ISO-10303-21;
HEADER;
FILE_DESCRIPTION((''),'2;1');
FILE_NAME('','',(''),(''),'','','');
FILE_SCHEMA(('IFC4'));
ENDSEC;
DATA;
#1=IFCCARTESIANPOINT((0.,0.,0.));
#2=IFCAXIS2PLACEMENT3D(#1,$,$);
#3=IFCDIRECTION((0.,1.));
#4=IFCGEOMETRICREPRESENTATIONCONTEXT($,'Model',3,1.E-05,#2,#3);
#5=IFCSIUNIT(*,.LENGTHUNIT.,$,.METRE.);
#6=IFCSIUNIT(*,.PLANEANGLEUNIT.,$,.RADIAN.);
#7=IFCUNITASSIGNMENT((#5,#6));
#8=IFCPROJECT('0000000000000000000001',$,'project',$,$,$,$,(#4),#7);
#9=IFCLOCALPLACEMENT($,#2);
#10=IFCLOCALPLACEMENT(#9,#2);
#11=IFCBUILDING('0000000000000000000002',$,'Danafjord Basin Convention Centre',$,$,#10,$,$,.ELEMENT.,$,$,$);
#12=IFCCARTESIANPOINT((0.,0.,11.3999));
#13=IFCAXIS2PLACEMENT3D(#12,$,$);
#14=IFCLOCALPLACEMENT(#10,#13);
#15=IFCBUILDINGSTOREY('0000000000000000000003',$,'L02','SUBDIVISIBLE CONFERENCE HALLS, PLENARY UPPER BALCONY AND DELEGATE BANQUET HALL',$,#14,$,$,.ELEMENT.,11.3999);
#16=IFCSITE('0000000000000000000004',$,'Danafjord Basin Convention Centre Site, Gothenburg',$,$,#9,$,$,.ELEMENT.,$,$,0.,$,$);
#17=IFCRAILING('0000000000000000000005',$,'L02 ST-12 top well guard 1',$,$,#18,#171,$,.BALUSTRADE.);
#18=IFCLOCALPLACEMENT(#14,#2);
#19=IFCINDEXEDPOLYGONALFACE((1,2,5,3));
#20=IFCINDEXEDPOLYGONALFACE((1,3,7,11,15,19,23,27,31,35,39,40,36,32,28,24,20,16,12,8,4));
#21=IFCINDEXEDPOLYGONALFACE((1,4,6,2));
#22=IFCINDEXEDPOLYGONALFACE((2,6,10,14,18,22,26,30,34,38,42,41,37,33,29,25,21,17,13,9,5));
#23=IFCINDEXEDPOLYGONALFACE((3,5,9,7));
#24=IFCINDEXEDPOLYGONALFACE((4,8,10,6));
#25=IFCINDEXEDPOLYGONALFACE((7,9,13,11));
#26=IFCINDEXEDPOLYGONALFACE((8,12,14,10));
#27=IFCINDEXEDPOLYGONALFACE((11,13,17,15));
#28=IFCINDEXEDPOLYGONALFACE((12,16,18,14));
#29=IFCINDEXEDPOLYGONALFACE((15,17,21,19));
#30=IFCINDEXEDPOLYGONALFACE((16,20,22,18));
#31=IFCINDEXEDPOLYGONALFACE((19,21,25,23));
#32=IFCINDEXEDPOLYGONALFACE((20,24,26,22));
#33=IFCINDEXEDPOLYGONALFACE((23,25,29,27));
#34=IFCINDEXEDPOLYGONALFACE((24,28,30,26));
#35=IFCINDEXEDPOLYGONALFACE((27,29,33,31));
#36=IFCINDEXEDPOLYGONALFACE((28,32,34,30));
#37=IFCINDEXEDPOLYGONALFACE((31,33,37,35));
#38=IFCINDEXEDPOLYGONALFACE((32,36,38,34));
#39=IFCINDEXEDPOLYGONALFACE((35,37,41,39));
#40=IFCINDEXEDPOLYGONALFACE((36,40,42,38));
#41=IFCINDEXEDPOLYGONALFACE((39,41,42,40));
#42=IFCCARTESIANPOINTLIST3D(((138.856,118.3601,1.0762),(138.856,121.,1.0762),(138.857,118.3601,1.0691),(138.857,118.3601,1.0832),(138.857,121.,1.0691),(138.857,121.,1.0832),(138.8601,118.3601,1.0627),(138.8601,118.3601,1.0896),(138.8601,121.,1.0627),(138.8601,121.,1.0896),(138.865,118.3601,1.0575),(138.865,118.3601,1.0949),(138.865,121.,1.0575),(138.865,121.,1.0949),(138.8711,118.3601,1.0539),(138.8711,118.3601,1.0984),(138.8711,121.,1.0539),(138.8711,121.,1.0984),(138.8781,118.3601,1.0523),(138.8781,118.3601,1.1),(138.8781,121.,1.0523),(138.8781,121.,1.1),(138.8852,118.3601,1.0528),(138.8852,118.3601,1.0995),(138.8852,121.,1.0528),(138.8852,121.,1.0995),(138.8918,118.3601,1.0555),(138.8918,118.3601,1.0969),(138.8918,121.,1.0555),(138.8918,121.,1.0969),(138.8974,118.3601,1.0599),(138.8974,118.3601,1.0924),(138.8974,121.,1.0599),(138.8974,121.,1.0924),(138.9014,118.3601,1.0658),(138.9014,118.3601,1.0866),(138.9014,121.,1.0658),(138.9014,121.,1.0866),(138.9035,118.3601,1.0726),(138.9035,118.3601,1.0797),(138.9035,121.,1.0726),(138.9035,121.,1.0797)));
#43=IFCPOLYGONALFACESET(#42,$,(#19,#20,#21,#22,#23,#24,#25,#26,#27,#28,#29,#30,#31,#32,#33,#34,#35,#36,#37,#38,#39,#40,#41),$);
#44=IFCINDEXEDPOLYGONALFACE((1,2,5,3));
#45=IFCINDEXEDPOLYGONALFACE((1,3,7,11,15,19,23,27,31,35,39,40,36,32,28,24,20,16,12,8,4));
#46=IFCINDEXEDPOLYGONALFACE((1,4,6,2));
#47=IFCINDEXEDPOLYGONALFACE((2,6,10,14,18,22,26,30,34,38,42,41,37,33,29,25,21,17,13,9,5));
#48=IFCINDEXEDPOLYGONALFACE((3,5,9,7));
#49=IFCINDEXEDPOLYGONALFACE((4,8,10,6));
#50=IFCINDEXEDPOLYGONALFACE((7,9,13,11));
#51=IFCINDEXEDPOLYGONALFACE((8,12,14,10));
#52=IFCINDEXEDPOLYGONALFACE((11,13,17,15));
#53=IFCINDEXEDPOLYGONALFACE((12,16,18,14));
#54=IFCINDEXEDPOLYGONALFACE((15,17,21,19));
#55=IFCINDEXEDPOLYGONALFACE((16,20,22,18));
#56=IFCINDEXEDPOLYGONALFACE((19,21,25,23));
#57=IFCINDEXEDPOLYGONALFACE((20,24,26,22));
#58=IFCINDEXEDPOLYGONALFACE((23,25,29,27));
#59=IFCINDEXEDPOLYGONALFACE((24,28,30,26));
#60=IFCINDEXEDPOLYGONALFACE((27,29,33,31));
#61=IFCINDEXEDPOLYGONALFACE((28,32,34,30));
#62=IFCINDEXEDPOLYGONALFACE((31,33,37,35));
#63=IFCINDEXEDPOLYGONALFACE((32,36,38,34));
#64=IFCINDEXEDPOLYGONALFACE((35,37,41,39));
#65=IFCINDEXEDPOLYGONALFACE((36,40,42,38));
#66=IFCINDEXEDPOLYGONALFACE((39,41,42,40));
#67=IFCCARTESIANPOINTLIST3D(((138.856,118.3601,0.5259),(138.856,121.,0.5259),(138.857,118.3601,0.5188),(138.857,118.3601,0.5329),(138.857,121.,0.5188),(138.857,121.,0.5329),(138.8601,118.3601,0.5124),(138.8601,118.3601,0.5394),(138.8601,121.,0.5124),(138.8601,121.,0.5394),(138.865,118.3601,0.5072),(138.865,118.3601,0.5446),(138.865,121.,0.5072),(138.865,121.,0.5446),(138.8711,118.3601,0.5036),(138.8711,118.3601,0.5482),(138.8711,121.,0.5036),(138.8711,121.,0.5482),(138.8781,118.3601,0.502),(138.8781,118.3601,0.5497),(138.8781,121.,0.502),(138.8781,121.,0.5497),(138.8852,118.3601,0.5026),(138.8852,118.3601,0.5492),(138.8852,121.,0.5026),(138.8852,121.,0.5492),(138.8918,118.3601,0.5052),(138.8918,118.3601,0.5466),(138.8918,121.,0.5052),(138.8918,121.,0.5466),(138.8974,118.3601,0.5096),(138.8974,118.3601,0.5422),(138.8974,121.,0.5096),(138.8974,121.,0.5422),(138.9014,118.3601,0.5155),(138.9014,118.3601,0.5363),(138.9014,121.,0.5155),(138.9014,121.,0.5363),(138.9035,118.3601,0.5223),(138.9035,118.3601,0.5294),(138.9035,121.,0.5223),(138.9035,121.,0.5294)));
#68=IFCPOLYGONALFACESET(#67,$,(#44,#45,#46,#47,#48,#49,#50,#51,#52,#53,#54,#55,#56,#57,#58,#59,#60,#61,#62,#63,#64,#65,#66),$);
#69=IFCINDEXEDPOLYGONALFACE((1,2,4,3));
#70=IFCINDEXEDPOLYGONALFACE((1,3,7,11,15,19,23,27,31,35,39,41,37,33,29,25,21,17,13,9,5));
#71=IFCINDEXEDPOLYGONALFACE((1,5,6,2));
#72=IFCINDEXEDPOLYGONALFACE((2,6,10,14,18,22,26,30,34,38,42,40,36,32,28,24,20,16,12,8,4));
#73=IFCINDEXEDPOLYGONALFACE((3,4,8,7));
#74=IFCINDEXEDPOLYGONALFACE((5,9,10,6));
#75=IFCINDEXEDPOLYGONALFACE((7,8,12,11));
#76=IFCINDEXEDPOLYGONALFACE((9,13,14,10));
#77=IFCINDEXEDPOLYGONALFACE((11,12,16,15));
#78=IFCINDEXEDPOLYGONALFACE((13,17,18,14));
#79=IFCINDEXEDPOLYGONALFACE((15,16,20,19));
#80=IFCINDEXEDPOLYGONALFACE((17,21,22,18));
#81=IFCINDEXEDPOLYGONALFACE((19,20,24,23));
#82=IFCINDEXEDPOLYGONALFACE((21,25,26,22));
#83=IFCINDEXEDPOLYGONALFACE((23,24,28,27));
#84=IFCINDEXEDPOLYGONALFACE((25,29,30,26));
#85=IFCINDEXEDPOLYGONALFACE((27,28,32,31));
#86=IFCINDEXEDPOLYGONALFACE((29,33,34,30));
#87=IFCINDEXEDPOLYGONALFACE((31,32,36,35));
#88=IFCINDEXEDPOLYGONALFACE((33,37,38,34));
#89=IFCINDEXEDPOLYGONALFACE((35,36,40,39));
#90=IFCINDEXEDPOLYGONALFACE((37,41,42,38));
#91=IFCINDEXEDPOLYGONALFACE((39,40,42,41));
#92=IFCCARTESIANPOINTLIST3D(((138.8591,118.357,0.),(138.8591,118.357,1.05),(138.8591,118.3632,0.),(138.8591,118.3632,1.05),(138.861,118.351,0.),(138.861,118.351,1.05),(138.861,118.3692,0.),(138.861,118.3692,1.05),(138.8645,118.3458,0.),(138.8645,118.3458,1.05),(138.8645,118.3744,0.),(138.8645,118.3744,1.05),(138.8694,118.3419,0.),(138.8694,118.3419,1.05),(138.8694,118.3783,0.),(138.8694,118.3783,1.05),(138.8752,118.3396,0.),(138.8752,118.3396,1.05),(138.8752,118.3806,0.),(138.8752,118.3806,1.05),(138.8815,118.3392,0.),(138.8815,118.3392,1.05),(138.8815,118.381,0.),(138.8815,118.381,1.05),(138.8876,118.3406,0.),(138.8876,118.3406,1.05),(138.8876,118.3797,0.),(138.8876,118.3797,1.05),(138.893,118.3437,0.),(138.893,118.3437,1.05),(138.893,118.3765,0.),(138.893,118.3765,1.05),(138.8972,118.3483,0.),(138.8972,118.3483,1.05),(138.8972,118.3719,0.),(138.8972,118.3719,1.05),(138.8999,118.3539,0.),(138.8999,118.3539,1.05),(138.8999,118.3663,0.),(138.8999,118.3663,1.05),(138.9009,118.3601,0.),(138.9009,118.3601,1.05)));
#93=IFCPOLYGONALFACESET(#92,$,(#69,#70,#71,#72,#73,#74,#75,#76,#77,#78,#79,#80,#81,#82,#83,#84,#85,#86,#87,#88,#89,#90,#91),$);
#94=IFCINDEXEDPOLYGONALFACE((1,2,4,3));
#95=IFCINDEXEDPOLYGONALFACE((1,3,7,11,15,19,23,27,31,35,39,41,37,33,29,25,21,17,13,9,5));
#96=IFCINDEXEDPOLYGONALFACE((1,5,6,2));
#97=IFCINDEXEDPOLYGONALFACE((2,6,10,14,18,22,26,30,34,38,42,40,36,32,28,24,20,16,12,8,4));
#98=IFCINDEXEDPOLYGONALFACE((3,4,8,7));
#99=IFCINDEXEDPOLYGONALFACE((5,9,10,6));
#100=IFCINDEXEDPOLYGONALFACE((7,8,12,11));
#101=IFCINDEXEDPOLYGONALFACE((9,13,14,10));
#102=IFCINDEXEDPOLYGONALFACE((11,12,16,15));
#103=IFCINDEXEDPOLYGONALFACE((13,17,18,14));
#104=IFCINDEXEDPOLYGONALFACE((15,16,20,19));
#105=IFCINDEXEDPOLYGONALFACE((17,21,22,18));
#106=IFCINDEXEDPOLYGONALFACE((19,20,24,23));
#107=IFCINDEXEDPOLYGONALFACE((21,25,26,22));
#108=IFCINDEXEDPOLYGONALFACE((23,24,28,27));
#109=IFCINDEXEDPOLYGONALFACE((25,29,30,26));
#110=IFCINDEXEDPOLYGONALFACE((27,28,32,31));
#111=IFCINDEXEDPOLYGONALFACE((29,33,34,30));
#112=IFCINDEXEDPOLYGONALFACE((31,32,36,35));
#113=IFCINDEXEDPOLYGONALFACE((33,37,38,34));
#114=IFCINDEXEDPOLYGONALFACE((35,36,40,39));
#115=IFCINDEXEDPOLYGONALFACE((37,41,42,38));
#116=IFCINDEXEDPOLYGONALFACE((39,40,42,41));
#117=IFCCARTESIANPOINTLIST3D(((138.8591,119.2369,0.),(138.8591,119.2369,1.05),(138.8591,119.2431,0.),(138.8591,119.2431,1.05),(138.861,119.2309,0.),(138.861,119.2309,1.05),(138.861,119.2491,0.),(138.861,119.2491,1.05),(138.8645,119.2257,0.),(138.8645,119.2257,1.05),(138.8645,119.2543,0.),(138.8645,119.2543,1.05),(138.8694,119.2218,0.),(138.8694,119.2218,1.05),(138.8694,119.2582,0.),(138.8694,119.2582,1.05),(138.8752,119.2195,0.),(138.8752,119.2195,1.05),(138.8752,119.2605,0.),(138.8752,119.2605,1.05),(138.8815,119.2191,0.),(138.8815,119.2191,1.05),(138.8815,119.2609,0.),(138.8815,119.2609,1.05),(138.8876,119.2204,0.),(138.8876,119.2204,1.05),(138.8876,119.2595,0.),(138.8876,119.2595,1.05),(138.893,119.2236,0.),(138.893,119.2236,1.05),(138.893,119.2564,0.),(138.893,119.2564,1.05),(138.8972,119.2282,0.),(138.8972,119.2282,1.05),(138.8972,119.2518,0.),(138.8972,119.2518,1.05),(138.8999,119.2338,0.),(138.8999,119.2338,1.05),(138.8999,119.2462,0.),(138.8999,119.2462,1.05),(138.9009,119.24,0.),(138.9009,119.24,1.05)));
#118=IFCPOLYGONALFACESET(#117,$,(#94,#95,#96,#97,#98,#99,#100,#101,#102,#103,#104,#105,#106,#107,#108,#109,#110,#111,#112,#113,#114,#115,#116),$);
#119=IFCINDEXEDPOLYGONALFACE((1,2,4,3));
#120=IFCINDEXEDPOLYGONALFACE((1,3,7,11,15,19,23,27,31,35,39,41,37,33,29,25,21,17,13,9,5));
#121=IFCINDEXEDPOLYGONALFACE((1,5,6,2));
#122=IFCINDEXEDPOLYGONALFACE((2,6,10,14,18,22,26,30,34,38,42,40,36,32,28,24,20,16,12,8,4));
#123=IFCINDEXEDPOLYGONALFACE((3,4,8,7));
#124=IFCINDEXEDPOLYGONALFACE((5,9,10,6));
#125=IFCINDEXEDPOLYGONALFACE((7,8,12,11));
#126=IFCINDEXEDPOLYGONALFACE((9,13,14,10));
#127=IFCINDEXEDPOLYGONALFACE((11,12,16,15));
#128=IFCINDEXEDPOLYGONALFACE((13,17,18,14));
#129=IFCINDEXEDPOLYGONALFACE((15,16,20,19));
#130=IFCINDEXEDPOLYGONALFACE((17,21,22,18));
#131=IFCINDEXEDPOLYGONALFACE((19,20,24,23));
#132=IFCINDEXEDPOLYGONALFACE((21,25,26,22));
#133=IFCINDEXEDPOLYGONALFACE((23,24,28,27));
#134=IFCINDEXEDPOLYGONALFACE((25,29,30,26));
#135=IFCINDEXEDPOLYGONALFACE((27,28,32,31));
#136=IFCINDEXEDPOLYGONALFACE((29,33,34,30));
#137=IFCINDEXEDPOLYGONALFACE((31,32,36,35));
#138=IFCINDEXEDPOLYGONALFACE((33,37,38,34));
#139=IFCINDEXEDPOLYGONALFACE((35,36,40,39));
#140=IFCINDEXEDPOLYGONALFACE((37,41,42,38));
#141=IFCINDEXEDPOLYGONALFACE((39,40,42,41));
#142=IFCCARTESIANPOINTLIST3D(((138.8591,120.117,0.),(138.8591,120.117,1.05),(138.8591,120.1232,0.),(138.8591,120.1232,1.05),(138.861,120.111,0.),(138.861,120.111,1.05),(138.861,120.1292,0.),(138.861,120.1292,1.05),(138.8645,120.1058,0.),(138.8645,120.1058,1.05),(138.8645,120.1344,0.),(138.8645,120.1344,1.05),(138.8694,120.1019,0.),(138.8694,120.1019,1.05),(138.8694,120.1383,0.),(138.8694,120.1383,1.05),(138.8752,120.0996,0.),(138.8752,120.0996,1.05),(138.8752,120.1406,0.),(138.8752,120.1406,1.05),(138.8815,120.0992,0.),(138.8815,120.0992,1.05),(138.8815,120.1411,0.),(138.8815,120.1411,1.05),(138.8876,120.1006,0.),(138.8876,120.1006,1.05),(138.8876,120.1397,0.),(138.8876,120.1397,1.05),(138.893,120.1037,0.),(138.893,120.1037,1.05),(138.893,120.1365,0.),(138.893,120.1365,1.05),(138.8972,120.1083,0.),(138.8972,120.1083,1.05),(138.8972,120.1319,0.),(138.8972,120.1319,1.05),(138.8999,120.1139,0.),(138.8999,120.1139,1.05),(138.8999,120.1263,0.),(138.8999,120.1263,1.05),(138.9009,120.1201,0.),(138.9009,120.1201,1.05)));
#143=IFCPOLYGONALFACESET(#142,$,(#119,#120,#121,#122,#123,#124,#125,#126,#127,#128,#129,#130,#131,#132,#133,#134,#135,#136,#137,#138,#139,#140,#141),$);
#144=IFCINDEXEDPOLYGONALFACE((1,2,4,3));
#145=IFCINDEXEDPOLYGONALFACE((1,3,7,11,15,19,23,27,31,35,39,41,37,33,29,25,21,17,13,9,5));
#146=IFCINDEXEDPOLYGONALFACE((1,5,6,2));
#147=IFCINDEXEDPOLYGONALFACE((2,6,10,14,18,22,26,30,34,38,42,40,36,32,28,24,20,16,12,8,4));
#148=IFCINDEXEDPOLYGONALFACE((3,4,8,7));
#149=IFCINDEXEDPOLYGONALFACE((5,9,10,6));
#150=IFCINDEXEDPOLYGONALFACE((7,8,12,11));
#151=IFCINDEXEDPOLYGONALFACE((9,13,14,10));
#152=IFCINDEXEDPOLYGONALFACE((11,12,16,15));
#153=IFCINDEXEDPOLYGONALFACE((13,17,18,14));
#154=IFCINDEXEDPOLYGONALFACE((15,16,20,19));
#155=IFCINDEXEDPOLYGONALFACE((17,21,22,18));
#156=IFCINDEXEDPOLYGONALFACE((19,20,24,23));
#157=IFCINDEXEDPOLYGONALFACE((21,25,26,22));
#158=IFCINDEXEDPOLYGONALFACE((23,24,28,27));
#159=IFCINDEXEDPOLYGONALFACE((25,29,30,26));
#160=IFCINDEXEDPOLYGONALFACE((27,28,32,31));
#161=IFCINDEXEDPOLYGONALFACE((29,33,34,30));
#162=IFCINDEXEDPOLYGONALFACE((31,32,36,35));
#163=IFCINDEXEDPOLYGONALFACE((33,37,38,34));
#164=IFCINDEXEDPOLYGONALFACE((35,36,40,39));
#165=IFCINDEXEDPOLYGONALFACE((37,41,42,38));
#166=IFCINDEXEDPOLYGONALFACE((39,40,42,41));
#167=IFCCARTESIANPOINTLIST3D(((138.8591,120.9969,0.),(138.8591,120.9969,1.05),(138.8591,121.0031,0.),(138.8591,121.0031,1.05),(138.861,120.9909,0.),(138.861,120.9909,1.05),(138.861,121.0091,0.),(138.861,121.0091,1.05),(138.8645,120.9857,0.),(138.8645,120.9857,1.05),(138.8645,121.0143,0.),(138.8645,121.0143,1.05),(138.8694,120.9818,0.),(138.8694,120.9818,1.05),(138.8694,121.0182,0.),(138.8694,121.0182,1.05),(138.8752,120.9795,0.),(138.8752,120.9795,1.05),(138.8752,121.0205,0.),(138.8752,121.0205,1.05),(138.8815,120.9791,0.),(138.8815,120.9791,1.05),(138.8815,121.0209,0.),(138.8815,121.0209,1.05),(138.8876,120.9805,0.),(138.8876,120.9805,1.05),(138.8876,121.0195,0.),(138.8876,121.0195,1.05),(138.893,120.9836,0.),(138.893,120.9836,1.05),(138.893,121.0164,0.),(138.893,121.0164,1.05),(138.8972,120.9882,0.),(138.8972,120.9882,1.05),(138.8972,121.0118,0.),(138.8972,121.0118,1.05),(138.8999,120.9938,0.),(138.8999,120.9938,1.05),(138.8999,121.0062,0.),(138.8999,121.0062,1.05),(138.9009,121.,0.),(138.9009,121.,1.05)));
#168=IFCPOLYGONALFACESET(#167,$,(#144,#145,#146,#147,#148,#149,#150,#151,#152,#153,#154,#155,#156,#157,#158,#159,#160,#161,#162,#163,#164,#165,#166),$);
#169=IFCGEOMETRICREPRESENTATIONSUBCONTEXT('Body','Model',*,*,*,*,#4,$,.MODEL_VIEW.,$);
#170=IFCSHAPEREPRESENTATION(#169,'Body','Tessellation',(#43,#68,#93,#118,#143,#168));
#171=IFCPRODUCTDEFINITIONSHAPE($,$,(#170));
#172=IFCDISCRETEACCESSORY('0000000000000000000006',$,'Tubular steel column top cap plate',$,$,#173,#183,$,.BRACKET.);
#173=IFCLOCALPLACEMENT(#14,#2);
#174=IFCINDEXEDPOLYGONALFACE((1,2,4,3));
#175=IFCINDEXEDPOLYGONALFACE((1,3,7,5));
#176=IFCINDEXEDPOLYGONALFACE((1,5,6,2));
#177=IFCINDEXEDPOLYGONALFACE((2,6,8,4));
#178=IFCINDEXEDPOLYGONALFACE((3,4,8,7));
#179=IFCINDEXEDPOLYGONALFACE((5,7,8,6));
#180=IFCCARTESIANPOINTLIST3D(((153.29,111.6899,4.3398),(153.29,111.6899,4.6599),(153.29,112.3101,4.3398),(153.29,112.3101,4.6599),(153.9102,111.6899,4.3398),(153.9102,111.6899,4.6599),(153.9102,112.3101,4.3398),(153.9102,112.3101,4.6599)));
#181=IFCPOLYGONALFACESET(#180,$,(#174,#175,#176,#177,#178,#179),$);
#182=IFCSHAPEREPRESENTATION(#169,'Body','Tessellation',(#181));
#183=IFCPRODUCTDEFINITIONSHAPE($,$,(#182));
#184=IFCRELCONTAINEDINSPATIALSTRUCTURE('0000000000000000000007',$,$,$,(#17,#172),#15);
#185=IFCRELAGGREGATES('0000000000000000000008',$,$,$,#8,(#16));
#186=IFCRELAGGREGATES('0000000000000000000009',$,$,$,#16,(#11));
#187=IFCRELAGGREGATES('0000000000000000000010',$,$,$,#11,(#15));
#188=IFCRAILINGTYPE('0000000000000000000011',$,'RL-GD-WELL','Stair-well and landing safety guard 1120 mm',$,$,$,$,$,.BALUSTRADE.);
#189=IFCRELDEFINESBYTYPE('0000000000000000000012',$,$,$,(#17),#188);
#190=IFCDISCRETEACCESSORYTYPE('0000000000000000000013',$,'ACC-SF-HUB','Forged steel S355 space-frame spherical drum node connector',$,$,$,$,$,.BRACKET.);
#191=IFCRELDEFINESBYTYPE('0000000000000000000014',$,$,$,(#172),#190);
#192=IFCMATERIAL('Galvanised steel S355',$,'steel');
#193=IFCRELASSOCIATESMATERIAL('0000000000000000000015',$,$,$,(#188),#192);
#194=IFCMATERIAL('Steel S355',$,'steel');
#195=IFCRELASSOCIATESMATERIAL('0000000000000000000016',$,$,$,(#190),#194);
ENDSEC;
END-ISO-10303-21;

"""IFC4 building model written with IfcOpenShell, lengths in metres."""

from ifc_helpers import new_model, si_unit, direction, frame, origin, origin_2d, place, context, subcontext, project, spatial, rectangle, circle, extrude, material, type_object, element, save


model = new_model("IFC4")

# Units and contexts
model_context = context("Model", 3, precision=1e-05, world=origin(), true_north=direction((0.0, 1.0)))
body_context = subcontext(model_context, "Body", "Model", "MODEL_VIEW")
ifc_project = project(units=[si_unit("LENGTHUNIT", "METRE"), si_unit("PLANEANGLEUNIT", "RADIAN")], contexts=[model_context])

# Site, building, storey
site_placement = place(None, origin())
site = spatial("IfcSite", under=ifc_project, at=site_placement, Name="Danafjord Basin Convention Centre Site, Gothenburg", CompositionType="ELEMENT", RefElevation=0.0)
building_placement = place(site_placement, origin())
building = spatial("IfcBuilding", under=site, at=building_placement, Name="Danafjord Basin Convention Centre", CompositionType="ELEMENT")
storey_placement = place(building_placement, frame((0.0, 0.0, 11.3999)))
storey = spatial("IfcBuildingStorey", under=building, at=storey_placement, Name="L02", Description="SUBDIVISIBLE CONFERENCE HALLS, PLENARY UPPER BALCONY AND DELEGATE BANQUET HALL", CompositionType="ELEMENT", Elevation=11.3999)

# Shared definitions
ifc_material_1 = material(Name="Steel S355", Category="steel")

# Railing
ifc_material_2 = material(Name="Galvanised steel S355", Category="steel")
railing_type_1 = type_object("IfcRailingType", Name="RL-GD-WELL", Description="Stair-well and landing safety guard 1120 mm", PredefinedType="BALUSTRADE", material=ifc_material_2)
railing_1_placement = place(storey_placement, frame((138.8799, 118.3601, 0.0)))
element("IfcRailing", 1, at=railing_1_placement, inside=storey, type_object=railing_type_1, Name="L02 ST-12 top well guard 1", PredefinedType="BALUSTRADE", context=body_context, shape_type="SweptSolid", body=[
    extrude(circle(Radius=0.0239, at=origin_2d()), frame((0.0, 0.0, 1.0762), z_axis=(0.0, 1.0, 0.0), x_axis=(-1.0, 0.0, 0.0)), (0.0, 0.0, 1.0), 2.6399),
    extrude(circle(Radius=0.0239, at=origin_2d()), frame((0.0, 0.0, 0.5259), z_axis=(0.0, 1.0, 0.0), x_axis=(-1.0, 0.0, 0.0)), (0.0, 0.0, 1.0), 2.6399),
    extrude(circle(Radius=0.021, at=origin_2d()), origin(), (0.0, 0.0, 1.0), 1.05),
    extrude(circle(Radius=0.021, at=origin_2d()), frame((0.0, 0.8799, 0.0)), (0.0, 0.0, 1.0), 1.05),
    extrude(circle(Radius=0.021, at=origin_2d()), frame((0.0, 1.76, 0.0)), (0.0, 0.0, 1.0), 1.05),
    extrude(circle(Radius=0.021, at=origin_2d()), frame((0.0, 2.6399, 0.0)), (0.0, 0.0, 1.0), 1.05),
])

# Discrete accessory
discrete_accessory_type = type_object("IfcDiscreteAccessoryType", Name="ACC-SF-HUB", Description="Forged steel S355 space-frame spherical drum node connector", PredefinedType="BRACKET", material=ifc_material_1)
discrete_accessory_placement = place(storey_placement, frame((153.6001, 112.0, 4.3398), z_axis=(0.0, 0.0, 1.0), x_axis=(1.0, 0.0, 0.0)))
element("IfcDiscreteAccessory", 2, at=discrete_accessory_placement, inside=storey, type_object=discrete_accessory_type, Name="Tubular steel column top cap plate", PredefinedType="BRACKET", context=body_context, shape_type="SweptSolid", body=[
    extrude(rectangle(XDim=0.6201, YDim=0.6201, at=origin_2d()), origin(), (0.0, 0.0, 1.0), 0.3201),
])

save(model, "model.ifc")
